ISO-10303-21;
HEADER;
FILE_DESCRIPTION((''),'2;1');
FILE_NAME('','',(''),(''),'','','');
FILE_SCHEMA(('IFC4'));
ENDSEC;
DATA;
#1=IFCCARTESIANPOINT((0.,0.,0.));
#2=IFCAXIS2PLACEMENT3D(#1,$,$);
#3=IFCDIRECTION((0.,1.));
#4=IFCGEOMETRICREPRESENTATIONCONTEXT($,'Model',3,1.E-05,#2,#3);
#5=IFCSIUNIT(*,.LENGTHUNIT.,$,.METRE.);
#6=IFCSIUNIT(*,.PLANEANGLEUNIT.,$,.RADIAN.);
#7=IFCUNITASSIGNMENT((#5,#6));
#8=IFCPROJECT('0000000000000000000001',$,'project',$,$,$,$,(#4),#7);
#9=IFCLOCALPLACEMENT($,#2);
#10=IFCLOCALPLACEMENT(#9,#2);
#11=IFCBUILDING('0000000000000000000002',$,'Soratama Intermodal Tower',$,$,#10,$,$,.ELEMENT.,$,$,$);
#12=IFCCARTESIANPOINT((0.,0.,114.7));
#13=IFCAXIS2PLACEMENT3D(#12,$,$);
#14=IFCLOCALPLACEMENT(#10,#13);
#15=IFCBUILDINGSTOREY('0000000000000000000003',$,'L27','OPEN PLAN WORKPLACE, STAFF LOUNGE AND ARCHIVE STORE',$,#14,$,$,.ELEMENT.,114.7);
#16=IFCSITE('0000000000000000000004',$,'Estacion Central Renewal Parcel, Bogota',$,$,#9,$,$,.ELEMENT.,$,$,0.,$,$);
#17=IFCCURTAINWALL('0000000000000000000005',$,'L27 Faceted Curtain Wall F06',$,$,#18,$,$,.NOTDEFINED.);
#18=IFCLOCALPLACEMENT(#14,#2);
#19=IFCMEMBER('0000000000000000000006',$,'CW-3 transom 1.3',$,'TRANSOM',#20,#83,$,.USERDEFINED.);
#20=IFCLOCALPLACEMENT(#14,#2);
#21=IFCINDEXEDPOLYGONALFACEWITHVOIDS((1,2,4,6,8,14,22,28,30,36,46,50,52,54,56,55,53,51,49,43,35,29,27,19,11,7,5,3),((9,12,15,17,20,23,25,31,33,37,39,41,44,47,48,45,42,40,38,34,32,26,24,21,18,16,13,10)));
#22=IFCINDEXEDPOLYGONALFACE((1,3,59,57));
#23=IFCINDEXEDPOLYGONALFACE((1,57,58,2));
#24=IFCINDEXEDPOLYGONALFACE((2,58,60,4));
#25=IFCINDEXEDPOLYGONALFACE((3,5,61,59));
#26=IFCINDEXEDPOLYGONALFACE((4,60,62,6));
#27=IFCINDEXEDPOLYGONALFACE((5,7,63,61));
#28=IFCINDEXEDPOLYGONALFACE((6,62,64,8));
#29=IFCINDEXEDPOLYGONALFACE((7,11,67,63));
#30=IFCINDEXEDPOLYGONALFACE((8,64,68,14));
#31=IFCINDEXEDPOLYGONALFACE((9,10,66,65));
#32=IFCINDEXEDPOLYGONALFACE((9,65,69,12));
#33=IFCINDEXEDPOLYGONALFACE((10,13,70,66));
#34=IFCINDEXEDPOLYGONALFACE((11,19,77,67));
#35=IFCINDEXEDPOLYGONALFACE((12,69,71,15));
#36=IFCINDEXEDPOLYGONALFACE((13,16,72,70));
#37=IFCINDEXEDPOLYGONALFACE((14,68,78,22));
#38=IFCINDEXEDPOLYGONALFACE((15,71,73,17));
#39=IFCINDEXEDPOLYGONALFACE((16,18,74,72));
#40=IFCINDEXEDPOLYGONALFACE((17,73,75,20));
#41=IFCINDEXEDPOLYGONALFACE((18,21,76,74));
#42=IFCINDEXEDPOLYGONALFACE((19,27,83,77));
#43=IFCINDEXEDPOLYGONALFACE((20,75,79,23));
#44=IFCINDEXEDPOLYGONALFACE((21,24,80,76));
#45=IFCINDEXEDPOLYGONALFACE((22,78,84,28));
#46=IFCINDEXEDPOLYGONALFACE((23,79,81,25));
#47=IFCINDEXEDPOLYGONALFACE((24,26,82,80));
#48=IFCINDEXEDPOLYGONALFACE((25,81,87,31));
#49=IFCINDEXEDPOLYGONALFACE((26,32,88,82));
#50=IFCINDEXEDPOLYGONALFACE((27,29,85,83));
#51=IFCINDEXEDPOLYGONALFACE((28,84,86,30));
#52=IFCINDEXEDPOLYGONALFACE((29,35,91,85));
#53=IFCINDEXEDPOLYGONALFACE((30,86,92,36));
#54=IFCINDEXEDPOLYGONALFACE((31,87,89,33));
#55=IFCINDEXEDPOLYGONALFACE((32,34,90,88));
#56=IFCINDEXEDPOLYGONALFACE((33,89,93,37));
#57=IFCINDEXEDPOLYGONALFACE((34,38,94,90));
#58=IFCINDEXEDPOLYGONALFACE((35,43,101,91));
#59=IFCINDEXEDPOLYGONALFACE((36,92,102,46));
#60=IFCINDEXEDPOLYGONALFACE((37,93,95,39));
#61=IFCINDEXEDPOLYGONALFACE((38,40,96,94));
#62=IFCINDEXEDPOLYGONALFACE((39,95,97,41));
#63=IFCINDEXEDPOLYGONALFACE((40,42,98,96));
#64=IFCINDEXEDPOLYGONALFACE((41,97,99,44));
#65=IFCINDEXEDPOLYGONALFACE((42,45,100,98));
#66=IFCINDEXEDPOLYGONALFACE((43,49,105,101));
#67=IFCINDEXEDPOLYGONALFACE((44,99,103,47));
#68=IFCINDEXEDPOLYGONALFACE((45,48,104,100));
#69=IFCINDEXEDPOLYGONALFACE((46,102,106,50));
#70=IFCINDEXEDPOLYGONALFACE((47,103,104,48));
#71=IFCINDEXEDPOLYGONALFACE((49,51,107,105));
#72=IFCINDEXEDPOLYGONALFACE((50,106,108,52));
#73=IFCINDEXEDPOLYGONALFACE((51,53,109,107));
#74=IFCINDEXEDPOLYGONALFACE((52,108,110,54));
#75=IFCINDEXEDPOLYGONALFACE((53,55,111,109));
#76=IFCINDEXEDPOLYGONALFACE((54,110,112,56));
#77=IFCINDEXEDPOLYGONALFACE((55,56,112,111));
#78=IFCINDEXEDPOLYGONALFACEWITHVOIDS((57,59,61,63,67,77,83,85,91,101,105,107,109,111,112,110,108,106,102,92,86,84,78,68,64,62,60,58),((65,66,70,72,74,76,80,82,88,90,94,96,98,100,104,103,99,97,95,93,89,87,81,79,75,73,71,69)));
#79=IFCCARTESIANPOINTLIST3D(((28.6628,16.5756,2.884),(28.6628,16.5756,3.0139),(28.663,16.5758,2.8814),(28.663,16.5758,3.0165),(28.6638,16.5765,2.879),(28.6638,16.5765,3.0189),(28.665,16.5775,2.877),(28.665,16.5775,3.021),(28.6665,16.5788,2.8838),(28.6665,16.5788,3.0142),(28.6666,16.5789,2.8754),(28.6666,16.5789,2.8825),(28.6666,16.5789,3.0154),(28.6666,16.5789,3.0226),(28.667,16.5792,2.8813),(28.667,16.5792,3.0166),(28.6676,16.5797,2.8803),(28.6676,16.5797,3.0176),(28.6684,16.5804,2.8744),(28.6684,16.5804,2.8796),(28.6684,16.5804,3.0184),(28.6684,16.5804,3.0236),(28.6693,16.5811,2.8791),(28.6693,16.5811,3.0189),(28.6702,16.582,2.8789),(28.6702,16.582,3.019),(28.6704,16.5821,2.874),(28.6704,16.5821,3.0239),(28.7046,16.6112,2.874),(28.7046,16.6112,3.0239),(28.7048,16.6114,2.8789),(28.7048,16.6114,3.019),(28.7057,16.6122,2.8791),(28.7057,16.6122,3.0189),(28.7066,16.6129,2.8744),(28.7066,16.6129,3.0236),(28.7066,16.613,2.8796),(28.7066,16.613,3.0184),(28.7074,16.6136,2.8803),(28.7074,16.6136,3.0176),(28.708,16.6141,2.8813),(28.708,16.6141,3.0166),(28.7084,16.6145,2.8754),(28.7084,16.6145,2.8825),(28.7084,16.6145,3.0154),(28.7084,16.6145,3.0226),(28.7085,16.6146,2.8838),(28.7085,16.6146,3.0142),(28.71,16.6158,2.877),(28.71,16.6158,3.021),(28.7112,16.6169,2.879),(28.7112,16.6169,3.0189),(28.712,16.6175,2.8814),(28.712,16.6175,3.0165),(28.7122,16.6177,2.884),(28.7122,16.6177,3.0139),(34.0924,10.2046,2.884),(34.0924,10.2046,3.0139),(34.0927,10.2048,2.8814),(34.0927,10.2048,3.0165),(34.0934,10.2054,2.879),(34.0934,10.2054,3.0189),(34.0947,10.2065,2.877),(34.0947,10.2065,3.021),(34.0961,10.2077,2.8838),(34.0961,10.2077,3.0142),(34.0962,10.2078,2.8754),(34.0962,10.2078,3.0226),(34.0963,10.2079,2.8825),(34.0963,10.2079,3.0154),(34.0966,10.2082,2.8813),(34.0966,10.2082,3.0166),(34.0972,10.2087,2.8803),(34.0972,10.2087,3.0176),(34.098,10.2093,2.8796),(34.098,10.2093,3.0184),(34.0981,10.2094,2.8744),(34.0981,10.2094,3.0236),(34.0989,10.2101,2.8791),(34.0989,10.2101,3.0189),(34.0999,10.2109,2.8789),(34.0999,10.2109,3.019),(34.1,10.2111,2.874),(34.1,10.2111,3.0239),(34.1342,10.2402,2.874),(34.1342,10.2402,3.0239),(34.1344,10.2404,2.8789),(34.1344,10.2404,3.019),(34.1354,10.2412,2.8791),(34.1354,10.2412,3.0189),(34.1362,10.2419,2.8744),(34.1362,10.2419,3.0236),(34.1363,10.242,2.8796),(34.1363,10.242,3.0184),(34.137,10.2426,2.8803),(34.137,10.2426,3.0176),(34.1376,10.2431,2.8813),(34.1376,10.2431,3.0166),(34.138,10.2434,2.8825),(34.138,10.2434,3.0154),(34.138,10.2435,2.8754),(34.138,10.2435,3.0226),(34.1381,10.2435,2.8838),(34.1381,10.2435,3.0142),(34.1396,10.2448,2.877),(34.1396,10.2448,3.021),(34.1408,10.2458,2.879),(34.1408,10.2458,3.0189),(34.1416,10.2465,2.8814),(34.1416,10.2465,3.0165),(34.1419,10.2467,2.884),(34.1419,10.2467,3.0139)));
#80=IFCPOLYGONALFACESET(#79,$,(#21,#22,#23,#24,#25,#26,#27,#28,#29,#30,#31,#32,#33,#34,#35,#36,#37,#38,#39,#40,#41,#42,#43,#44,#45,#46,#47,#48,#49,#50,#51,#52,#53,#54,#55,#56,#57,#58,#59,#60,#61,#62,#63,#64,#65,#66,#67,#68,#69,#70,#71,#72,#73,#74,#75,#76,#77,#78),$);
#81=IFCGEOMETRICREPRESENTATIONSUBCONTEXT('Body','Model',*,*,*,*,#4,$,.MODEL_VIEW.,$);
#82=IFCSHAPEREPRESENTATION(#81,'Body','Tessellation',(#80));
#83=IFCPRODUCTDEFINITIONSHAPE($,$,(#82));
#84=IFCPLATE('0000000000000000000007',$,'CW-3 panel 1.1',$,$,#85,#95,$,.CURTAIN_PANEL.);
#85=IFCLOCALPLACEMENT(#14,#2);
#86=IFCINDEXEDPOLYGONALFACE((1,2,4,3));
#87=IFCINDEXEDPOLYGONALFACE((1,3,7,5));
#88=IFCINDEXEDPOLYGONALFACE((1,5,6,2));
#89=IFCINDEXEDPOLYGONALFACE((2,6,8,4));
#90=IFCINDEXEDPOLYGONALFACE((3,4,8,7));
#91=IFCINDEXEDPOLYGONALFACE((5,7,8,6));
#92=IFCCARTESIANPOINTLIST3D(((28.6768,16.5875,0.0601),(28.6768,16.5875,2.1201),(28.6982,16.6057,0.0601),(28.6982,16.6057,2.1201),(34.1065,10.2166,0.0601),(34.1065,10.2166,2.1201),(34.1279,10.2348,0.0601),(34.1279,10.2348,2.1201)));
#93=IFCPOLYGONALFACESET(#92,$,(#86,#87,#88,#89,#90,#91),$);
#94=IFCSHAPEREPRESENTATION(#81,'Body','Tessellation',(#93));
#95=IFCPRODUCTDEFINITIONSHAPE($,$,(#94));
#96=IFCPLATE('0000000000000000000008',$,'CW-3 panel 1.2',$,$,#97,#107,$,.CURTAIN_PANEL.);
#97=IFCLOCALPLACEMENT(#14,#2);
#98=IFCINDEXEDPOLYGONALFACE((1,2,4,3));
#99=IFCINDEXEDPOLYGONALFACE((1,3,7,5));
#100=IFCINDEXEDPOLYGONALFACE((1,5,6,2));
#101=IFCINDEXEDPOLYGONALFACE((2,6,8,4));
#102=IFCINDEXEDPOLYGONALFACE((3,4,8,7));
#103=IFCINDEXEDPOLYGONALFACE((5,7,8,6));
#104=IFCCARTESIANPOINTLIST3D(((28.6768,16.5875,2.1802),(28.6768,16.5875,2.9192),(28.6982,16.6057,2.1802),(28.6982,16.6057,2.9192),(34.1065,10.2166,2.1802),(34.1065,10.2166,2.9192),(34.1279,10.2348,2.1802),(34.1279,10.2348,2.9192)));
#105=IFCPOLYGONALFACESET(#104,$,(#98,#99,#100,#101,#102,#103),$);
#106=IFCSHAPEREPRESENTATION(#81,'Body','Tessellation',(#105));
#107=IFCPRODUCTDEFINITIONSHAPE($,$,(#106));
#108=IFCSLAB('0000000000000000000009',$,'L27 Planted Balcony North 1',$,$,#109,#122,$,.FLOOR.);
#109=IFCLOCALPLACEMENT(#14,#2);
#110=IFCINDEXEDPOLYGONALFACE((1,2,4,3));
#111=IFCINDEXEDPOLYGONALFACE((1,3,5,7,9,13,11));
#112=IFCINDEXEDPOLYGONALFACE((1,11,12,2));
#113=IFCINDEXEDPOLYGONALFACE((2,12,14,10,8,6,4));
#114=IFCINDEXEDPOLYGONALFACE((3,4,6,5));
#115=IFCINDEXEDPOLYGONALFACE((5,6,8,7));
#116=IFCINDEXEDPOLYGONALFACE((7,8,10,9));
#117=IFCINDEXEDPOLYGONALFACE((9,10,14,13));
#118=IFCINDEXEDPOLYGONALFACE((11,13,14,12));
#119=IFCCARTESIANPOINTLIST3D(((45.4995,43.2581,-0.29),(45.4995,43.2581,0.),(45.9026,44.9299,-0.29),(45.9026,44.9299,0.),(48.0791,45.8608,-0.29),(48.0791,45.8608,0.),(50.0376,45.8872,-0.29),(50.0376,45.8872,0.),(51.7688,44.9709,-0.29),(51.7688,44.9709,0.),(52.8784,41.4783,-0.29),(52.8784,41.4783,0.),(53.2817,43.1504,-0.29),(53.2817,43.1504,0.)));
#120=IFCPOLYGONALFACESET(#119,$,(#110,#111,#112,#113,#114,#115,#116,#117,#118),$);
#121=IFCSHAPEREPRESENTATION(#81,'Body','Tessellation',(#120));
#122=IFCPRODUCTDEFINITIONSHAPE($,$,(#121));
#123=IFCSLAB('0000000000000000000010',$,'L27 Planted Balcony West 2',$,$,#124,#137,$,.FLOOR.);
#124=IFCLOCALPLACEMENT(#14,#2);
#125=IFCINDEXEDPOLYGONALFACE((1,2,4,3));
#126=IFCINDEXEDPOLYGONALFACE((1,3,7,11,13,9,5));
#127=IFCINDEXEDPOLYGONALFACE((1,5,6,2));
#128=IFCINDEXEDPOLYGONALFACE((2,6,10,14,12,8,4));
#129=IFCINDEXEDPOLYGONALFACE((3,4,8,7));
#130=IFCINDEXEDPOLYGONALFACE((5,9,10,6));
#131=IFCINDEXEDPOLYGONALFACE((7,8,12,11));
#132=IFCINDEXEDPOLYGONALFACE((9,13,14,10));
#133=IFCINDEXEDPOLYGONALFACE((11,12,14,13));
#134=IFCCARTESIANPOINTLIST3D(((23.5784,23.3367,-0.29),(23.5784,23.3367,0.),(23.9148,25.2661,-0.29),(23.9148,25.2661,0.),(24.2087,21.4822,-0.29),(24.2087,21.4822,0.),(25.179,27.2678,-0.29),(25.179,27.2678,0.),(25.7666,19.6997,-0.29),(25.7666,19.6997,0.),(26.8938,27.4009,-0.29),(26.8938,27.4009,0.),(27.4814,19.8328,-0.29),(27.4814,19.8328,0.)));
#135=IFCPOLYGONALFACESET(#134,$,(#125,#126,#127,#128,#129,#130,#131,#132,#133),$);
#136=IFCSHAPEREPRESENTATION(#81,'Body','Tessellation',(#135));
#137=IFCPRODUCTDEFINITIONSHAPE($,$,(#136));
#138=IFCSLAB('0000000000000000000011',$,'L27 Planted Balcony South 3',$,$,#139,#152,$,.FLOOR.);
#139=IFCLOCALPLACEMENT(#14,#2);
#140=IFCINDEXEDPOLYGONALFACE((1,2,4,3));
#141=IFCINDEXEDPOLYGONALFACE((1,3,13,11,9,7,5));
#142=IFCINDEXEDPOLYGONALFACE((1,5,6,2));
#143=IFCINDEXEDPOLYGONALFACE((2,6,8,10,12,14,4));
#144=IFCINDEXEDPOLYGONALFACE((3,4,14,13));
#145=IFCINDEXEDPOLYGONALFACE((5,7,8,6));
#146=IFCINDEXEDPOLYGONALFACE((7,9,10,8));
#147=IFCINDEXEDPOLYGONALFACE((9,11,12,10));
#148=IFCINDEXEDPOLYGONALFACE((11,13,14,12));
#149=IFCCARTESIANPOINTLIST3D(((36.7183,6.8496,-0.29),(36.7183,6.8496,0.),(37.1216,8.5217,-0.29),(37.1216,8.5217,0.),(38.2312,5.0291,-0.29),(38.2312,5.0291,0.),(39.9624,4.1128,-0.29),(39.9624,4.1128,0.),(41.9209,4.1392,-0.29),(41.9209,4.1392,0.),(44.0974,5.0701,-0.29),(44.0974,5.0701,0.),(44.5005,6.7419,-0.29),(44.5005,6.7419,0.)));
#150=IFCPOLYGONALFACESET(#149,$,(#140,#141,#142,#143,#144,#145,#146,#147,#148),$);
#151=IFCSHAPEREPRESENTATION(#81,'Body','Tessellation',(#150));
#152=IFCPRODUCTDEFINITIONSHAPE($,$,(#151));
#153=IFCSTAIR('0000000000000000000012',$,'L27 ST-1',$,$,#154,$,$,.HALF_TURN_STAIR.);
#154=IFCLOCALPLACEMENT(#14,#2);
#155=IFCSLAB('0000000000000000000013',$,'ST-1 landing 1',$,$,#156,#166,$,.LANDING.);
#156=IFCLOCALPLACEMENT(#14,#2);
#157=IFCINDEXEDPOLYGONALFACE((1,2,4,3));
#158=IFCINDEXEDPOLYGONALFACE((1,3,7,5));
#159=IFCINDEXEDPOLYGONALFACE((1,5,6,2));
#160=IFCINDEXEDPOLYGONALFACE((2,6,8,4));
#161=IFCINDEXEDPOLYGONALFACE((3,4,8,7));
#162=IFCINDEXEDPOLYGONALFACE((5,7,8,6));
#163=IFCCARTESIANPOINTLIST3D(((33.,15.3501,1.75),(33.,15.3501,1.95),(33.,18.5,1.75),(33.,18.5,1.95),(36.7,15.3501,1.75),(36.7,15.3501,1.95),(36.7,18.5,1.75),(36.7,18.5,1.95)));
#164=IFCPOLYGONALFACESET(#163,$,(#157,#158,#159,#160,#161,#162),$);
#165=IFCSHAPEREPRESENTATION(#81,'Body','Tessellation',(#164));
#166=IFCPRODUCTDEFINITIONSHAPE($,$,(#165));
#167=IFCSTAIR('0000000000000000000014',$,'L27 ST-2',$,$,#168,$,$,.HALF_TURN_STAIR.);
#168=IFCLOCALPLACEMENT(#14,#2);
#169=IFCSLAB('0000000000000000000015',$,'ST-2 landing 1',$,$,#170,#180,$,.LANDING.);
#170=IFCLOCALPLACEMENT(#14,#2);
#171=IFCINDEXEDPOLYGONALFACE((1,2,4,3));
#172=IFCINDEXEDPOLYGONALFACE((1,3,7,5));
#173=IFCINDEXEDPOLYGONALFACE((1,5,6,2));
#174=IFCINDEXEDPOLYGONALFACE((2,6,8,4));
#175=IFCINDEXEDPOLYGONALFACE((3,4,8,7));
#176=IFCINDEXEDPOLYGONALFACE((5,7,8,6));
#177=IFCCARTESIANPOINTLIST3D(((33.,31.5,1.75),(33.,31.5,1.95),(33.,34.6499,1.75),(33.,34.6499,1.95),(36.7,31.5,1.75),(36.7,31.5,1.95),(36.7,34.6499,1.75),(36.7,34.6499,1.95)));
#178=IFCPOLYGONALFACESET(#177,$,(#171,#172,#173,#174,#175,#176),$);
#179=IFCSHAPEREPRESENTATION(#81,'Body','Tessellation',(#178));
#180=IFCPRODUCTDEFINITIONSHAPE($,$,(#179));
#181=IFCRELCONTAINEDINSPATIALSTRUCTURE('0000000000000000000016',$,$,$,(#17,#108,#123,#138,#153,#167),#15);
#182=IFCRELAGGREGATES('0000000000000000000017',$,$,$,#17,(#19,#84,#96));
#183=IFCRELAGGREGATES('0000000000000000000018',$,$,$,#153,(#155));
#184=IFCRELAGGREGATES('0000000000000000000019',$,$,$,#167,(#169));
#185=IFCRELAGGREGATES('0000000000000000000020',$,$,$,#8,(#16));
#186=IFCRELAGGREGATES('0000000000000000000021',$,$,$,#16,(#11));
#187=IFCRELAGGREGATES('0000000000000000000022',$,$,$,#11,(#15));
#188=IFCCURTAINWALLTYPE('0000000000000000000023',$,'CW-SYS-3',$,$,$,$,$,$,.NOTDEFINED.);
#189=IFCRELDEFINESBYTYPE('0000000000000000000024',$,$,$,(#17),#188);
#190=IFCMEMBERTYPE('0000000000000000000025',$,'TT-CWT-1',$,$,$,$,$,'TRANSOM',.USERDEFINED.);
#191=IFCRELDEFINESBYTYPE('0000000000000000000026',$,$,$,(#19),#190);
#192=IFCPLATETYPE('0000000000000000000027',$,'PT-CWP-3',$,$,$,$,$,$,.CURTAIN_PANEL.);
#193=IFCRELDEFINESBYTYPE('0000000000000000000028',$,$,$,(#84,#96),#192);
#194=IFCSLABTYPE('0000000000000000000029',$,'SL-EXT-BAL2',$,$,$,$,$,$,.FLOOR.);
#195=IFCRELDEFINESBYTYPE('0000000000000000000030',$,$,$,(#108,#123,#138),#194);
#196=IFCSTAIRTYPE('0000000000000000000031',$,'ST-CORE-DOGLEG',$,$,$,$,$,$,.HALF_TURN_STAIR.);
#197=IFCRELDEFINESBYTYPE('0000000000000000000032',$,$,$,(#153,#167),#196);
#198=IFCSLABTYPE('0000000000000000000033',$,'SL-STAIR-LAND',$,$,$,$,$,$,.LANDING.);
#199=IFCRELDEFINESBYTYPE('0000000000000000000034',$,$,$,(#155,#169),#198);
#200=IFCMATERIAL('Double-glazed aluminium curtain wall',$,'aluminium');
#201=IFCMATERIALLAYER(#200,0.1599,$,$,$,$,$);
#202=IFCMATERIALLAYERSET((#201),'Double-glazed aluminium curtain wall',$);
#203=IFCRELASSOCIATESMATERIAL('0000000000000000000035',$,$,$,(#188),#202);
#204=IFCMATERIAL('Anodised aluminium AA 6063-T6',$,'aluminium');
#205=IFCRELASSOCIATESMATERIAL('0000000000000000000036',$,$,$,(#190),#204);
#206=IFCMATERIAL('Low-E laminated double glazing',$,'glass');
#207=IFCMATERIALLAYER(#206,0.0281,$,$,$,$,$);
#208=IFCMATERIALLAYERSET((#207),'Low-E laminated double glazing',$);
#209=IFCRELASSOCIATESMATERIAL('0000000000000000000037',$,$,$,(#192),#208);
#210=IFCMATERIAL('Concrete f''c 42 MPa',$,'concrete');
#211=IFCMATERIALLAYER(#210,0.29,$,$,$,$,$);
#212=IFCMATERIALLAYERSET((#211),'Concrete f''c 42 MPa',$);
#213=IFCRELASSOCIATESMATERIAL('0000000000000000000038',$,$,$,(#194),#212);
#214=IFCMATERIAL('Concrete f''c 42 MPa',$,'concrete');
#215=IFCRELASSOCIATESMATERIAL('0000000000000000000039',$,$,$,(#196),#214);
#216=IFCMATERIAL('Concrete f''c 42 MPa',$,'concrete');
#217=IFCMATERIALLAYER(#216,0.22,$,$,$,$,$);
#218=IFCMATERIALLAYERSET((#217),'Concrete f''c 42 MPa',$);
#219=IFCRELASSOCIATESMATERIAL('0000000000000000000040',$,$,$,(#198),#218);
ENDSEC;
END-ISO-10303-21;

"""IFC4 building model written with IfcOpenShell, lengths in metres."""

from ifc_helpers import new_model, si_unit, direction, frame, origin, origin_2d, place, context, subcontext, project, spatial, polyline, rectangle, hollow_rectangle, outline, extrude, material, layer, layer_set, material_profile, profile_set, type_object, element, aggregate, save


model = new_model("IFC4")

# Units and contexts
model_context = context("Model", 3, precision=1e-05, world=origin(), true_north=direction((0.0, 1.0)))
body_context = subcontext(model_context, "Body", "Model", "MODEL_VIEW")
ifc_project = project(units=[si_unit("LENGTHUNIT", "METRE"), si_unit("PLANEANGLEUNIT", "RADIAN")], contexts=[model_context])

# Site, building, storey
site_placement = place(None, origin())
site = spatial("IfcSite", under=ifc_project, at=site_placement, Name="Estacion Central Renewal Parcel, Bogota", CompositionType="ELEMENT", RefElevation=0.0)
building_placement = place(site_placement, origin())
building = spatial("IfcBuilding", under=site, at=building_placement, Name="Soratama Intermodal Tower", CompositionType="ELEMENT")
storey_placement = place(building_placement, frame((0.0, 0.0, 114.7)))
storey = spatial("IfcBuildingStorey", under=building, at=storey_placement, Name="L27", Description="OPEN PLAN WORKPLACE, STAFF LOUNGE AND ARCHIVE STORE", CompositionType="ELEMENT", Elevation=114.7)

# Curtain wall, member, plates
ifc_material_1 = material(Name="Double-glazed aluminium curtain wall", Category="aluminium")
ifc_layer_1 = layer(ifc_material_1, 0.1599)
ifc_layer_set_1 = layer_set([ifc_layer_1], Name="Double-glazed aluminium curtain wall")
curtain_wall_type = type_object("IfcCurtainWallType", Name="CW-SYS-3", PredefinedType="NOTDEFINED", material=ifc_layer_set_1)
curtain_wall_placement = place(storey_placement, origin())
curtain_wall = element("IfcCurtainWall", 1, at=curtain_wall_placement, inside=storey, type_object=curtain_wall_type, Name="L27 Faceted Curtain Wall F06", PredefinedType="NOTDEFINED")
ifc_material_2 = material(Name="Anodised aluminium AA 6063-T6", Category="aluminium")
ifc_material_profile_1 = material_profile(ifc_material_2, hollow_rectangle(XDim=0.0649, YDim=0.1499, WallThickness=0.0049, InnerFilletRadius=0.0049, OuterFilletRadius=0.01, at=origin_2d()), Name="CWT150X65X5")
ifc_profile_set_1 = profile_set([ifc_material_profile_1], Name="Anodised aluminium AA 6063-T6")
member_type_1 = type_object("IfcMemberType", Name="TT-CWT-1", ElementType="TRANSOM", PredefinedType="USERDEFINED", material=ifc_profile_set_1)
member_1_placement = place(storey_placement, frame((28.6875, 16.5967, 2.949), z_axis=(0.648637, -0.761098, 0.0), x_axis=(0.761098, 0.648637, 0.0)))
member_1 = element("IfcMember", 2, at=member_1_placement, type_object=member_type_1, Name="CW-3 transom 1.3", ObjectType="TRANSOM", PredefinedType="USERDEFINED", context=body_context, shape_type="SweptSolid", body=[
    extrude(hollow_rectangle(XDim=0.0649, YDim=0.1499, WallThickness=0.0049, InnerFilletRadius=0.0049, OuterFilletRadius=0.01, at=origin_2d()), origin(), (0.0, 0.0, 1.0), 8.3708),
])
ifc_material_3 = material(Name="Low-E laminated double glazing", Category="glass")
ifc_layer_2 = layer(ifc_material_3, 0.0281)
ifc_layer_set_2 = layer_set([ifc_layer_2], Name="Low-E laminated double glazing")
plate_type = type_object("IfcPlateType", Name="PT-CWP-3", PredefinedType="CURTAIN_PANEL", material=ifc_layer_set_2)
plate_1_placement = place(storey_placement, frame((31.4023, 13.4111, 0.0601), z_axis=(0.0, 0.0, 1.0), x_axis=(0.648649, -0.761088, 0.0)))
plate_1 = element("IfcPlate", 3, at=plate_1_placement, type_object=plate_type, Name="CW-3 panel 1.1", PredefinedType="CURTAIN_PANEL", context=body_context, shape_type="SweptSolid", body=[
    extrude(rectangle(XDim=8.3708, YDim=0.0281, at=origin_2d()), origin(), (0.0, 0.0, 1.0), 2.0601),
])
plate_2_placement = place(storey_placement, frame((31.4023, 13.4111, 2.1802), z_axis=(0.0, 0.0, 1.0), x_axis=(0.648649, -0.761088, 0.0)))
plate_2 = element("IfcPlate", 4, at=plate_2_placement, type_object=plate_type, Name="CW-3 panel 1.2", PredefinedType="CURTAIN_PANEL", context=body_context, shape_type="SweptSolid", body=[
    extrude(rectangle(XDim=8.3708, YDim=0.0281, at=origin_2d()), origin(), (0.0, 0.0, 1.0), 0.739),
])
aggregate(curtain_wall, [member_1, plate_1, plate_2])

# Slabs
ifc_material_4 = material(Name="Concrete f'c 42 MPa", Category="concrete")
ifc_layer_3 = layer(ifc_material_4, 0.29)
ifc_layer_set_3 = layer_set([ifc_layer_3], Name="Concrete f'c 42 MPa")
slab_type_1 = type_object("IfcSlabType", Name="SL-EXT-BAL2", PredefinedType="FLOOR", material=ifc_layer_set_3)
slab_1_placement = place(storey_placement, frame((0.0, 0.0, -0.29)))
element("IfcSlab", 5, at=slab_1_placement, inside=storey, type_object=slab_type_1, Name="L27 Planted Balcony North 1", PredefinedType="FLOOR", context=body_context, shape_type="SweptSolid", body=[
    extrude(outline(polyline([(52.8784, 41.4783), (45.4995, 43.2581), (45.9026, 44.9299), (48.0791, 45.8608), (50.0376, 45.8872), (51.7688, 44.9709), (53.2817, 43.1504), (52.8784, 41.4783)])), origin(), (0.0, 0.0, 1.0), 0.29),
])
slab_2_placement = place(storey_placement, frame((0.0, 0.0, -0.29)))
element("IfcSlab", 6, at=slab_2_placement, inside=storey, type_object=slab_type_1, Name="L27 Planted Balcony West 2", PredefinedType="FLOOR", context=body_context, shape_type="SweptSolid", body=[
    extrude(outline(polyline([(26.8938, 27.4009), (27.4814, 19.8328), (25.7666, 19.6997), (24.2087, 21.4822), (23.5784, 23.3367), (23.9148, 25.2661), (25.179, 27.2678), (26.8938, 27.4009)])), origin(), (0.0, 0.0, 1.0), 0.29),
])
slab_3_placement = place(storey_placement, frame((0.0, 0.0, -0.29)))
element("IfcSlab", 7, at=slab_3_placement, inside=storey, type_object=slab_type_1, Name="L27 Planted Balcony South 3", PredefinedType="FLOOR", context=body_context, shape_type="SweptSolid", body=[
    extrude(outline(polyline([(37.1216, 8.5217), (44.5005, 6.7419), (44.0974, 5.0701), (41.9209, 4.1392), (39.9624, 4.1128), (38.2312, 5.0291), (36.7183, 6.8496), (37.1216, 8.5217)])), origin(), (0.0, 0.0, 1.0), 0.29),
])

# Stairs, slabs
ifc_material_5 = material(Name="Concrete f'c 42 MPa", Category="concrete")
stair_type = type_object("IfcStairType", Name="ST-CORE-DOGLEG", PredefinedType="HALF_TURN_STAIR", material=ifc_material_5)
stair_1_placement = place(storey_placement, origin())
stair_1 = element("IfcStair", 8, at=stair_1_placement, inside=storey, type_object=stair_type, Name="L27 ST-1", PredefinedType="HALF_TURN_STAIR")
ifc_material_6 = material(Name="Concrete f'c 42 MPa", Category="concrete")
ifc_layer_4 = layer(ifc_material_6, 0.22)
ifc_layer_set_4 = layer_set([ifc_layer_4], Name="Concrete f'c 42 MPa")
slab_type_2 = type_object("IfcSlabType", Name="SL-STAIR-LAND", PredefinedType="LANDING", material=ifc_layer_set_4)
slab_4_placement = place(storey_placement, frame((0.0, 0.0, 1.75)))
slab_4 = element("IfcSlab", 9, at=slab_4_placement, type_object=slab_type_2, Name="ST-1 landing 1", PredefinedType="LANDING", context=body_context, shape_type="SweptSolid", body=[
    extrude(outline(polyline([(36.7, 18.5), (33.0, 18.5), (33.0, 15.3501), (36.7, 15.3501), (36.7, 18.5)])), origin(), (0.0, 0.0, 1.0), 0.2),
])
aggregate(stair_1, [slab_4])
stair_2_placement = place(storey_placement, origin())
stair_2 = element("IfcStair", 10, at=stair_2_placement, inside=storey, type_object=stair_type, Name="L27 ST-2", PredefinedType="HALF_TURN_STAIR")
slab_5_placement = place(storey_placement, frame((0.0, 0.0, 1.75)))
slab_5 = element("IfcSlab", 11, at=slab_5_placement, type_object=slab_type_2, Name="ST-2 landing 1", PredefinedType="LANDING", context=body_context, shape_type="SweptSolid", body=[
    extrude(outline(polyline([(36.7, 34.6499), (33.0, 34.6499), (33.0, 31.5), (36.7, 31.5), (36.7, 34.6499)])), origin(), (0.0, 0.0, 1.0), 0.2),
])
aggregate(stair_2, [slab_5])

save(model, "model.ifc")
